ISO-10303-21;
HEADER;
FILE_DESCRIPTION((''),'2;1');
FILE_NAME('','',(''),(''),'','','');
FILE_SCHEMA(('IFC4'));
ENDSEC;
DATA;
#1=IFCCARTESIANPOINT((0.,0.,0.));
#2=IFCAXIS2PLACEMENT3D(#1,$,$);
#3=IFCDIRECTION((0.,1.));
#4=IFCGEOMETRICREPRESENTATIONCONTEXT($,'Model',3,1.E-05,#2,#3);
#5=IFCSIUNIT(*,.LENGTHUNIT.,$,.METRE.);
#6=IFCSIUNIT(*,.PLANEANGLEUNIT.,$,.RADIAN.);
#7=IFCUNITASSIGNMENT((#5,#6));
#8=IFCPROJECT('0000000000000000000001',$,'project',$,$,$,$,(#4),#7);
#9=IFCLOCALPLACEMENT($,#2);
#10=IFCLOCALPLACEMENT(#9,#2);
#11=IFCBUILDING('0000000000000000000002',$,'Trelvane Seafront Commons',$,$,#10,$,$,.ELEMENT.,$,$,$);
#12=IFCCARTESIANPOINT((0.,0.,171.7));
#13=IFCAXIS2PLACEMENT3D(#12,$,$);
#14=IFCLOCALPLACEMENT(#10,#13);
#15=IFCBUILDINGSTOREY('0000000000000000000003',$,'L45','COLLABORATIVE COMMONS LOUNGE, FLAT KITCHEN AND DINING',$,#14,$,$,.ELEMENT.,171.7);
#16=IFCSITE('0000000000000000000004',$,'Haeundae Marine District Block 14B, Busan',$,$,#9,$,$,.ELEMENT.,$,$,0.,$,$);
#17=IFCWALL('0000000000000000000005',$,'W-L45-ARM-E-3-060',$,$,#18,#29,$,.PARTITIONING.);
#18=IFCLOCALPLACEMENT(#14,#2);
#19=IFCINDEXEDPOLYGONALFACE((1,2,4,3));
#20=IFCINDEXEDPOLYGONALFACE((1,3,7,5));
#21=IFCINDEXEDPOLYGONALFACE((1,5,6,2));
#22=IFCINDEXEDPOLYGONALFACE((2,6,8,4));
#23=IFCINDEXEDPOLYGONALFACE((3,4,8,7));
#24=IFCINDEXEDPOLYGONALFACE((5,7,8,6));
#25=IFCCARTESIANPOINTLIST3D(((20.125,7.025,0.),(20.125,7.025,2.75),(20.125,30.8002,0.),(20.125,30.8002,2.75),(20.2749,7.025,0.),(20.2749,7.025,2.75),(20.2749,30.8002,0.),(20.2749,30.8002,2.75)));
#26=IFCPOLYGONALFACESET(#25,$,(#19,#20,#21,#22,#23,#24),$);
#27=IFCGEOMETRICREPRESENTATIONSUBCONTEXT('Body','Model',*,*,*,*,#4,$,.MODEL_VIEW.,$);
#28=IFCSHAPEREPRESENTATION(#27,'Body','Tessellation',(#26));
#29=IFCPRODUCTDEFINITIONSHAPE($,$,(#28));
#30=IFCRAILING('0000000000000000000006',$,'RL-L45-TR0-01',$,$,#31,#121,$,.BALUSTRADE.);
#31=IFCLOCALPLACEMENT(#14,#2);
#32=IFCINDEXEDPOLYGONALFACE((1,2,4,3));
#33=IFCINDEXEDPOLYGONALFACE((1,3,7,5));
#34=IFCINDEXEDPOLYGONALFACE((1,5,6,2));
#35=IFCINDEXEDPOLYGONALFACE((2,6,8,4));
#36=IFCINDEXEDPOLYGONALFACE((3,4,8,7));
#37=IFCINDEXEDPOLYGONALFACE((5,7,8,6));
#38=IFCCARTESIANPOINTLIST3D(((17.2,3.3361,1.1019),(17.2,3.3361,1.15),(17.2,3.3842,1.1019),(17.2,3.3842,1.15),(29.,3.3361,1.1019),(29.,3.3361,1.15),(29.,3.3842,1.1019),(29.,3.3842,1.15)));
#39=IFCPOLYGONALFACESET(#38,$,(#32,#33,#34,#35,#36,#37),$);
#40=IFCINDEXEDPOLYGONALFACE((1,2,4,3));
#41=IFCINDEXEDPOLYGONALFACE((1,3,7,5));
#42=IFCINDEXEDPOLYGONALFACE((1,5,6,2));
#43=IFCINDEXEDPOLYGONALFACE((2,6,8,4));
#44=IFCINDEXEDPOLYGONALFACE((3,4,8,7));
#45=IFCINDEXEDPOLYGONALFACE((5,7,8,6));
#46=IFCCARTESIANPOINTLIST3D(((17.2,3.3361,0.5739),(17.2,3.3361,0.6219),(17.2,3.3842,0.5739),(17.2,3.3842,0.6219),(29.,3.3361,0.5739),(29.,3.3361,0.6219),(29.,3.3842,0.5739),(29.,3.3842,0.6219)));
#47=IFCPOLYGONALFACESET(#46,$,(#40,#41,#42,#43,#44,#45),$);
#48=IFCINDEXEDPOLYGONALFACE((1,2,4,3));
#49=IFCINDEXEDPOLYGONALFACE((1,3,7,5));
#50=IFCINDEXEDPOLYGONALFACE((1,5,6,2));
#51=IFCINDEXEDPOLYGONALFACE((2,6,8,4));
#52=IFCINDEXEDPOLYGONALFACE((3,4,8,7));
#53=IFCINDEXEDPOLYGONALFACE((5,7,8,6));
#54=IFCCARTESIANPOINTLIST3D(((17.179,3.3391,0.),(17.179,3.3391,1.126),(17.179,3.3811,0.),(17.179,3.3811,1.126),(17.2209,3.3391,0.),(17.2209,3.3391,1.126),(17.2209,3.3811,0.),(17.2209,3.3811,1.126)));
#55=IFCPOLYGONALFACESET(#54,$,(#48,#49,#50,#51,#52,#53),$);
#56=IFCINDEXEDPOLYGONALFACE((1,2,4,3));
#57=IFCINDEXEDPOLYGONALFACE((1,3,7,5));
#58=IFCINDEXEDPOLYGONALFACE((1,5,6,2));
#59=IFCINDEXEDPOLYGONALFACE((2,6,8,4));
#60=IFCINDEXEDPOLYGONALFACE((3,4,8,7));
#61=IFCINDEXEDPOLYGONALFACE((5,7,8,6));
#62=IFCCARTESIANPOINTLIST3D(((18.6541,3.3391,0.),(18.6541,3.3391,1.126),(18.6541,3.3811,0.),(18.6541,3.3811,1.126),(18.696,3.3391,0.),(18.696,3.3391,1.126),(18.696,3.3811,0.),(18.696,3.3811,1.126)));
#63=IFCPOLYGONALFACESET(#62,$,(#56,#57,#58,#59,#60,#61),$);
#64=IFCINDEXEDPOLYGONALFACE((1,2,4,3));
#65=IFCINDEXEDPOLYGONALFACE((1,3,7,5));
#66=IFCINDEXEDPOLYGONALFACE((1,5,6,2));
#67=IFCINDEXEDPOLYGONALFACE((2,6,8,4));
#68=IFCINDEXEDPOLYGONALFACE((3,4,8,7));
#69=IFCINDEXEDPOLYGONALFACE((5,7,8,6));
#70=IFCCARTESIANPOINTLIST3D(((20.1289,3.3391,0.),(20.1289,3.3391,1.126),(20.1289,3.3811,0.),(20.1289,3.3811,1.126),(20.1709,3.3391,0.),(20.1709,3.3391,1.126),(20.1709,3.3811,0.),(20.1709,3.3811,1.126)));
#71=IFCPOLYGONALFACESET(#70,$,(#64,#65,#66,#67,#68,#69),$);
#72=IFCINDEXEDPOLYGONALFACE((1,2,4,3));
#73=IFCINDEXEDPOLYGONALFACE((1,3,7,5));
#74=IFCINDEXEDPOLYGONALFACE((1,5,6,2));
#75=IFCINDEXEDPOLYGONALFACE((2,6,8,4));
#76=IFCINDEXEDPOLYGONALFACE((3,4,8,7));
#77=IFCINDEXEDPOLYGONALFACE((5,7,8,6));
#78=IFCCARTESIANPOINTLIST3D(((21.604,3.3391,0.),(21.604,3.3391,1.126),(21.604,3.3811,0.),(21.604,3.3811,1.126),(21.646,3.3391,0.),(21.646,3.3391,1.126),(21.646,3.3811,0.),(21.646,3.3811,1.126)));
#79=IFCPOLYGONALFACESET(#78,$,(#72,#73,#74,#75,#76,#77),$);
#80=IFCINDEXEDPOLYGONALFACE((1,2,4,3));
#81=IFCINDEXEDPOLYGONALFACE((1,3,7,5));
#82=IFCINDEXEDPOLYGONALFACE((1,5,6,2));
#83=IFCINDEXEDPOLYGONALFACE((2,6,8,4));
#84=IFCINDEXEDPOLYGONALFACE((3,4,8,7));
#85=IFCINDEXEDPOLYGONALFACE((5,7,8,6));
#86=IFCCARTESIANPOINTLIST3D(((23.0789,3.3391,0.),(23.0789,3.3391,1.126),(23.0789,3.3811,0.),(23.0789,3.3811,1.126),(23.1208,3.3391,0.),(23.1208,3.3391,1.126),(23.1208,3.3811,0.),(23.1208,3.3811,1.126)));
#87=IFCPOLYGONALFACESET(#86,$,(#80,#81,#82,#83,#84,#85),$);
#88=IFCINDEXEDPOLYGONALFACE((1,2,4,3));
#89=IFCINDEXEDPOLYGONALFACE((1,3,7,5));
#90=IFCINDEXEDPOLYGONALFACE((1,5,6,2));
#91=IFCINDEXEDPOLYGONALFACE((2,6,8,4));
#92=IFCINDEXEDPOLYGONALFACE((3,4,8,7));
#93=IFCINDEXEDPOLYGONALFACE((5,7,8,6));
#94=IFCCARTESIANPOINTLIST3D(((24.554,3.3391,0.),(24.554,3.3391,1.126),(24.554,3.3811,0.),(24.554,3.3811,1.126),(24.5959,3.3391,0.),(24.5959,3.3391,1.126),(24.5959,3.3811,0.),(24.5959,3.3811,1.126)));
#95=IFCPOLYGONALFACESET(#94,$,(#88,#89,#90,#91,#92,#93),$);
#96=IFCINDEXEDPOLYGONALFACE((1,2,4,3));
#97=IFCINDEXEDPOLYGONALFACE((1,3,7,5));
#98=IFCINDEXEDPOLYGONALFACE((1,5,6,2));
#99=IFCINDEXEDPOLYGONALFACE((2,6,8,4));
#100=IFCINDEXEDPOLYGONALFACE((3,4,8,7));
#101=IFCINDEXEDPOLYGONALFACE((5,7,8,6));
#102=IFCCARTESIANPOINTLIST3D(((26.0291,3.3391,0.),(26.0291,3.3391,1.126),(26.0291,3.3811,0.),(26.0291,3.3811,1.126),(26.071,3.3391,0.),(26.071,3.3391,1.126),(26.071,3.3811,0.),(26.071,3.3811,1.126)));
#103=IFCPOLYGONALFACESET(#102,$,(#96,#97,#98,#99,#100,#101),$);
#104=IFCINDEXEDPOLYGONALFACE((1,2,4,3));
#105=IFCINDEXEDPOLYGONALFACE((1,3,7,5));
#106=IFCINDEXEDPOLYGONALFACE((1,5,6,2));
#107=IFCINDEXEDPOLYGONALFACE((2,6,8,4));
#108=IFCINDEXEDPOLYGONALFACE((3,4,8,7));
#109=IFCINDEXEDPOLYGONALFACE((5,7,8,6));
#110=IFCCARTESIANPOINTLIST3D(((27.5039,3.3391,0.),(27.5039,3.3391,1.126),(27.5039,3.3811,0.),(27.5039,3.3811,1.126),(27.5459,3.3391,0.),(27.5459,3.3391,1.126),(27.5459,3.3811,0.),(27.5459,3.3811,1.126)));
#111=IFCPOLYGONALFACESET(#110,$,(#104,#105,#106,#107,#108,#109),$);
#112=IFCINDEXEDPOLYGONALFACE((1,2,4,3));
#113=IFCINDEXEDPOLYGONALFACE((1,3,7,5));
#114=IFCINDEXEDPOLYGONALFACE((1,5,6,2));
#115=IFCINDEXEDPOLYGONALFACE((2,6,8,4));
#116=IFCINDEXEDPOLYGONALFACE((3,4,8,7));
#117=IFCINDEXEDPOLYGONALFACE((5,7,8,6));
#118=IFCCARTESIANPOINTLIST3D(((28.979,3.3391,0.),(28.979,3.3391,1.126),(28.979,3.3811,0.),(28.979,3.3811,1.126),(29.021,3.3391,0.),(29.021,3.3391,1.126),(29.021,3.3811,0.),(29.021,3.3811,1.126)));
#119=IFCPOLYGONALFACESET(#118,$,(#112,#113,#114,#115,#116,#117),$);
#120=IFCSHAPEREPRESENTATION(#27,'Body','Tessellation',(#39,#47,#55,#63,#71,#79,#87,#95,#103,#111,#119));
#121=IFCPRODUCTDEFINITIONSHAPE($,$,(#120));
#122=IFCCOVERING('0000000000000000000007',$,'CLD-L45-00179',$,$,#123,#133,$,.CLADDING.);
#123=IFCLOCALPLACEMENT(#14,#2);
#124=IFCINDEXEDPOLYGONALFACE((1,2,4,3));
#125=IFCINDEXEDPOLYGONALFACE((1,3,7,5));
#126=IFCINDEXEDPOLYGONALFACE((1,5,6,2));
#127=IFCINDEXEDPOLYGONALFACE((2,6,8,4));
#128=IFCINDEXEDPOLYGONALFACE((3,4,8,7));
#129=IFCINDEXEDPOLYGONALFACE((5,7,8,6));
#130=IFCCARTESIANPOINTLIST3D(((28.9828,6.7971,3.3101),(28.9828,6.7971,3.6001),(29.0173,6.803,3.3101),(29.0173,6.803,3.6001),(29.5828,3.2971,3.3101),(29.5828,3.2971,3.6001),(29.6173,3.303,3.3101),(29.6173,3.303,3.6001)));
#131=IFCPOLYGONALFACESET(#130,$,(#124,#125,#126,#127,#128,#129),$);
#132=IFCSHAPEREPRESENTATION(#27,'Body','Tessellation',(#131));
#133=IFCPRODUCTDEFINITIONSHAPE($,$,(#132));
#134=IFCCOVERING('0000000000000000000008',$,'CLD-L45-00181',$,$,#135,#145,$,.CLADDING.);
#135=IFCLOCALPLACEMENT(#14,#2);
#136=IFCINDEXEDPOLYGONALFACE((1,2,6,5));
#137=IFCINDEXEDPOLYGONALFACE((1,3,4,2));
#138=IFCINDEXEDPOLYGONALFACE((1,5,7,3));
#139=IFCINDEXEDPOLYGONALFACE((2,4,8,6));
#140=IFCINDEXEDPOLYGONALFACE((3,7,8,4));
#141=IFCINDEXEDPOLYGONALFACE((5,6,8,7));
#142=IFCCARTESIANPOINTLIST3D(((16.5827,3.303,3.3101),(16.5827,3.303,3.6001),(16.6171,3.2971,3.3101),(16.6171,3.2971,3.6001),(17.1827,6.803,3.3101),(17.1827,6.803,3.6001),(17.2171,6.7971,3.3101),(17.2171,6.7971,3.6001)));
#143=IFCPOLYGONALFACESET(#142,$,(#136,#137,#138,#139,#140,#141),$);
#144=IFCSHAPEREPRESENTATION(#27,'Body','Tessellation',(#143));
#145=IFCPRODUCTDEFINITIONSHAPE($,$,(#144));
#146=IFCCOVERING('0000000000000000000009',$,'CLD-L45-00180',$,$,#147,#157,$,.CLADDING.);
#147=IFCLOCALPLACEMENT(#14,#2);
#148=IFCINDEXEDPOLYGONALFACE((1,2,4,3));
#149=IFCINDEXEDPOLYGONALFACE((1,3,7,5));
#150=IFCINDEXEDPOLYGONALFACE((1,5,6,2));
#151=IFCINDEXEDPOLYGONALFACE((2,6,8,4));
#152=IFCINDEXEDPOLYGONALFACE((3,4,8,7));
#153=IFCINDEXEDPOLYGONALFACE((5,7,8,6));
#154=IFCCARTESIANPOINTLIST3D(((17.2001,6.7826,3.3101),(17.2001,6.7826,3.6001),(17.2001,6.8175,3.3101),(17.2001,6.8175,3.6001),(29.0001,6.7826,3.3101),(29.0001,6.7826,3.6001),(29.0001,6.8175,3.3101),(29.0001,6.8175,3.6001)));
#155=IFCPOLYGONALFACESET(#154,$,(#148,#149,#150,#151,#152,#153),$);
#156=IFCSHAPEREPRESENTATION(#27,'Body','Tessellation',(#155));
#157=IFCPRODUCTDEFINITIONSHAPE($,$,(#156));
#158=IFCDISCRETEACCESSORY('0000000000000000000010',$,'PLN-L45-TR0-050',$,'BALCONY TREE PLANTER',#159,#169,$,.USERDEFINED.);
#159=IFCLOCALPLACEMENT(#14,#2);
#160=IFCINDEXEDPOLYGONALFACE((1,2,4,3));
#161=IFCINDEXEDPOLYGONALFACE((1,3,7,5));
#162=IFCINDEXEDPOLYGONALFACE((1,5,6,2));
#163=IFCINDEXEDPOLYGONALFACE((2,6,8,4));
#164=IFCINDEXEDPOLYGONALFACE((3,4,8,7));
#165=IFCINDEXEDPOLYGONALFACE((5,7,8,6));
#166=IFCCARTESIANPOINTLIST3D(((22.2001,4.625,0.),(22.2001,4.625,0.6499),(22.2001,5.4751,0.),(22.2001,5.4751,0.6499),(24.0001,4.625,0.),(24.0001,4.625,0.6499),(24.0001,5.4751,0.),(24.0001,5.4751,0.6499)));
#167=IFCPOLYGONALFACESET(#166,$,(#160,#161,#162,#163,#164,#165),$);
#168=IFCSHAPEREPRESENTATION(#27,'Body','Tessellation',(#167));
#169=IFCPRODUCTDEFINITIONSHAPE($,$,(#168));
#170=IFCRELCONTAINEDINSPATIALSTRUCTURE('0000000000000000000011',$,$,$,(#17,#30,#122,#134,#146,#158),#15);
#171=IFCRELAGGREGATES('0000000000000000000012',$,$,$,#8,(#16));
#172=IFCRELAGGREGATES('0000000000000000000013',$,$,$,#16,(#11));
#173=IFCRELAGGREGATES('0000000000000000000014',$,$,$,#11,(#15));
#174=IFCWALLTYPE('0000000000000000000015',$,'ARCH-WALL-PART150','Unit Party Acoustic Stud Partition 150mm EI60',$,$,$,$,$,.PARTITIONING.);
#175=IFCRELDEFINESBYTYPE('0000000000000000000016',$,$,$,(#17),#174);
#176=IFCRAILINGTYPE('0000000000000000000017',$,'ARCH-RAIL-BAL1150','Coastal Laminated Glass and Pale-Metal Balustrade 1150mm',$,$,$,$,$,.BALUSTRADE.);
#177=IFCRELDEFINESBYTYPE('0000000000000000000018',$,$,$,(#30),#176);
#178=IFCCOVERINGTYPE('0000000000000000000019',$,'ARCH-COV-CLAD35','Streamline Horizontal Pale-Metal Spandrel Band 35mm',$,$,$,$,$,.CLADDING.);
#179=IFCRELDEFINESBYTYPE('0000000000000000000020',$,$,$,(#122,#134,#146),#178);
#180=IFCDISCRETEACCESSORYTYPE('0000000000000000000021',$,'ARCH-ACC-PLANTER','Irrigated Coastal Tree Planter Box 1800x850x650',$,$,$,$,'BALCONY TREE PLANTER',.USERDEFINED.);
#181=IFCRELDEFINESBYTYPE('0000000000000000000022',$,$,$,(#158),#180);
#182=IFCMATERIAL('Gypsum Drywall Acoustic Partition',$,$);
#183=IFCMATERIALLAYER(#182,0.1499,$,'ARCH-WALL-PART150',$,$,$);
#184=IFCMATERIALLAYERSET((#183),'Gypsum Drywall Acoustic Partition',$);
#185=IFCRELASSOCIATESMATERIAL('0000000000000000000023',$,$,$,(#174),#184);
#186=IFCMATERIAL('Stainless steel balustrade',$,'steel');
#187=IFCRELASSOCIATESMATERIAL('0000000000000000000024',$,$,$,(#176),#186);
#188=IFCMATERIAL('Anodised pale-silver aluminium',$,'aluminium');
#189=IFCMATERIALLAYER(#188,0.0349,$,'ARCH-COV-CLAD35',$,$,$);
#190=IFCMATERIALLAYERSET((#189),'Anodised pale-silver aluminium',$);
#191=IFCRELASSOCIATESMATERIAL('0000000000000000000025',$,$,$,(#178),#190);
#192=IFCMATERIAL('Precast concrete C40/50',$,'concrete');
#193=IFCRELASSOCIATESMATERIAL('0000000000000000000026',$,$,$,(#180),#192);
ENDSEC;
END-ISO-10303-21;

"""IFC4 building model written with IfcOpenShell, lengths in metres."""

from ifc_helpers import new_model, si_unit, direction, frame, frame_2d, origin, origin_2d, place, context, subcontext, project, spatial, rectangle, extrude, source, transform, mapped, material, layer, layer_set, type_object, element, save


model = new_model("IFC4")

# Units and contexts
model_context = context("Model", 3, precision=1e-05, world=origin(), true_north=direction((0.0, 1.0)))
body_context = subcontext(model_context, "Body", "Model", "MODEL_VIEW")
ifc_project = project(units=[si_unit("LENGTHUNIT", "METRE"), si_unit("PLANEANGLEUNIT", "RADIAN")], contexts=[model_context])

# Site, building, storey
site_placement = place(None, origin())
site = spatial("IfcSite", under=ifc_project, at=site_placement, Name="Haeundae Marine District Block 14B, Busan", CompositionType="ELEMENT", RefElevation=0.0)
building_placement = place(site_placement, origin())
building = spatial("IfcBuilding", under=site, at=building_placement, Name="Trelvane Seafront Commons", CompositionType="ELEMENT")
storey_placement = place(building_placement, frame((0.0, 0.0, 171.7)))
storey = spatial("IfcBuildingStorey", under=building, at=storey_placement, Name="L45", Description="COLLABORATIVE COMMONS LOUNGE, FLAT KITCHEN AND DINING", CompositionType="ELEMENT", Elevation=171.7)

# Shared definitions
ifc_material_1 = material(Name="Anodised pale-silver aluminium", Category="aluminium")

# Shared definitions
ifc_material_2 = material(Name="Precast concrete C40/50", Category="concrete")

# Wall
ifc_material_3 = material(Name="Gypsum Drywall Acoustic Partition")
ifc_layer_1 = layer(ifc_material_3, 0.1499, Name="ARCH-WALL-PART150")
ifc_layer_set_1 = layer_set([ifc_layer_1], Name="Gypsum Drywall Acoustic Partition")
wall_type_1 = type_object("IfcWallType", Name="ARCH-WALL-PART150", Description="Unit Party Acoustic Stud Partition 150mm EI60", PredefinedType="PARTITIONING", material=ifc_layer_set_1)
for number, where, z_axis, x_axis, name in (
    (1, (20.2, 7.0249, 0.0), (0.0, 0.0, 1.0), (0.0, 1.0, 0.0), "W-L45-ARM-E-3-060"),
):
    element("IfcWall", number, at=place(storey_placement, frame(where, z_axis=z_axis, x_axis=x_axis)), inside=storey, type_object=wall_type_1, Name=name, PredefinedType="PARTITIONING", context=body_context, shape_type="SweptSolid", body=[
        extrude(rectangle(XDim=23.7751, YDim=0.1499, at=frame_2d((11.8877, 0.0))), origin(), (0.0, 0.0, 1.0), 2.75),
    ])

# Railing
ifc_material_4 = material(Name="Stainless steel balustrade", Category="steel")
railing_type = type_object("IfcRailingType", Name="ARCH-RAIL-BAL1150", Description="Coastal Laminated Glass and Pale-Metal Balustrade 1150mm", PredefinedType="BALUSTRADE", material=ifc_material_4)
railing_placement = place(storey_placement, frame((17.2, 3.3601, 0.0)))
element("IfcRailing", 2, at=railing_placement, inside=storey, type_object=railing_type, Name="RL-L45-TR0-01", PredefinedType="BALUSTRADE", context=body_context, shape_type="SweptSolid", body=[
    extrude(rectangle(XDim=0.0481, YDim=0.0481, at=origin_2d()), frame((0.0, 0.0, 1.126), z_axis=(1.0, 0.0, 0.0), x_axis=(0.0, 1.0, 0.0)), (0.0, 0.0, 1.0), 11.8),
    extrude(rectangle(XDim=0.0481, YDim=0.0481, at=origin_2d()), frame((0.0, 0.0, 0.5979), z_axis=(1.0, 0.0, 0.0), x_axis=(0.0, 1.0, 0.0)), (0.0, 0.0, 1.0), 11.8),
    extrude(rectangle(XDim=0.042, YDim=0.042, at=origin_2d()), origin(), (0.0, 0.0, 1.0), 1.126),
    extrude(rectangle(XDim=0.042, YDim=0.042, at=origin_2d()), frame((1.4751, 0.0, 0.0)), (0.0, 0.0, 1.0), 1.126),
    extrude(rectangle(XDim=0.042, YDim=0.042, at=origin_2d()), frame((2.95, 0.0, 0.0)), (0.0, 0.0, 1.0), 1.126),
    extrude(rectangle(XDim=0.042, YDim=0.042, at=origin_2d()), frame((4.425, 0.0, 0.0)), (0.0, 0.0, 1.0), 1.126),
    extrude(rectangle(XDim=0.042, YDim=0.042, at=origin_2d()), frame((5.8999, 0.0, 0.0)), (0.0, 0.0, 1.0), 1.126),
    extrude(rectangle(XDim=0.042, YDim=0.042, at=origin_2d()), frame((7.375, 0.0, 0.0)), (0.0, 0.0, 1.0), 1.126),
    extrude(rectangle(XDim=0.042, YDim=0.042, at=origin_2d()), frame((8.8501, 0.0, 0.0)), (0.0, 0.0, 1.0), 1.126),
    extrude(rectangle(XDim=0.042, YDim=0.042, at=origin_2d()), frame((10.325, 0.0, 0.0)), (0.0, 0.0, 1.0), 1.126),
    extrude(rectangle(XDim=0.042, YDim=0.042, at=origin_2d()), frame((11.8, 0.0, 0.0)), (0.0, 0.0, 1.0), 1.126),
])

# Coverings
ifc_layer_2 = layer(ifc_material_1, 0.0349, Name="ARCH-COV-CLAD35")
ifc_layer_set_2 = layer_set([ifc_layer_2], Name="Anodised pale-silver aluminium")
covering_type = type_object("IfcCoveringType", Name="ARCH-COV-CLAD35", Description="Streamline Horizontal Pale-Metal Spandrel Band 35mm", PredefinedType="CLADDING", material=ifc_layer_set_2)
shared_shape_1 = source(origin(), body_context, "Body", "SweptSolid", [
    extrude(rectangle(XDim=3.551, YDim=0.0349, at=origin_2d()), origin(), (0.0, 0.0, 1.0), 0.29),
])
for number, where, z_axis, x_axis, name in (
    (3, (29.3, 5.05, 3.3101), (0.0, 0.0, 1.0), (-0.168964, 0.985622, 0.0), "CLD-L45-00179"),
    (4, (16.8999, 5.05, 3.3101), (0.0, 0.0, 1.0), (-0.168964, -0.985622, 0.0), "CLD-L45-00181"),
):
    element("IfcCovering", number, at=place(storey_placement, frame(where, z_axis=z_axis, x_axis=x_axis)), inside=storey, type_object=covering_type, Name=name, PredefinedType="CLADDING", context=body_context, shape_type="MappedRepresentation", body=[
        mapped(shared_shape_1, transform((0.0, 0.0, 0.0), x_axis=(1.0, 0.0, 0.0), y_axis=(0.0, 1.0, 0.0), z_axis=(0.0, 0.0, 1.0), scale=1.0)),
    ])
shared_shape_2 = source(origin(), body_context, "Body", "SweptSolid", [
    extrude(rectangle(XDim=11.8, YDim=0.0349, at=origin_2d()), origin(), (0.0, 0.0, 1.0), 0.29),
])
covering_placement = place(storey_placement, frame((23.1001, 6.8, 3.3101), z_axis=(0.0, 0.0, 1.0), x_axis=(-1.0, 0.0, 0.0)))
element("IfcCovering", 5, at=covering_placement, inside=storey, type_object=covering_type, Name="CLD-L45-00180", PredefinedType="CLADDING", context=body_context, shape_type="MappedRepresentation", body=[
    mapped(shared_shape_2, transform((0.0, 0.0, 0.0), x_axis=(1.0, 0.0, 0.0), y_axis=(0.0, 1.0, 0.0), z_axis=(0.0, 0.0, 1.0), scale=1.0)),
])

# Discrete accessory
discrete_accessory_type = type_object("IfcDiscreteAccessoryType", Name="ARCH-ACC-PLANTER", Description="Irrigated Coastal Tree Planter Box 1800x850x650", ElementType="BALCONY TREE PLANTER", PredefinedType="USERDEFINED", material=ifc_material_2)
shared_shape_3 = source(origin(), body_context, "Body", "SweptSolid", [
    extrude(rectangle(XDim=1.8, YDim=0.8501, at=origin_2d()), origin(), (0.0, 0.0, 1.0), 0.6499),
])
discrete_accessory_placement = place(storey_placement, frame((23.1001, 5.05, 0.0), z_axis=(0.0, 0.0, 1.0), x_axis=(1.0, 0.0, 0.0)))
element("IfcDiscreteAccessory", 6, at=discrete_accessory_placement, inside=storey, type_object=discrete_accessory_type, Name="PLN-L45-TR0-050", ObjectType="BALCONY TREE PLANTER", PredefinedType="USERDEFINED", context=body_context, shape_type="MappedRepresentation", body=[
    mapped(shared_shape_3, transform((0.0, 0.0, 0.0), x_axis=(1.0, 0.0, 0.0), y_axis=(0.0, 1.0, 0.0), z_axis=(0.0, 0.0, 1.0), scale=1.0)),
])

save(model, "model.ifc")
